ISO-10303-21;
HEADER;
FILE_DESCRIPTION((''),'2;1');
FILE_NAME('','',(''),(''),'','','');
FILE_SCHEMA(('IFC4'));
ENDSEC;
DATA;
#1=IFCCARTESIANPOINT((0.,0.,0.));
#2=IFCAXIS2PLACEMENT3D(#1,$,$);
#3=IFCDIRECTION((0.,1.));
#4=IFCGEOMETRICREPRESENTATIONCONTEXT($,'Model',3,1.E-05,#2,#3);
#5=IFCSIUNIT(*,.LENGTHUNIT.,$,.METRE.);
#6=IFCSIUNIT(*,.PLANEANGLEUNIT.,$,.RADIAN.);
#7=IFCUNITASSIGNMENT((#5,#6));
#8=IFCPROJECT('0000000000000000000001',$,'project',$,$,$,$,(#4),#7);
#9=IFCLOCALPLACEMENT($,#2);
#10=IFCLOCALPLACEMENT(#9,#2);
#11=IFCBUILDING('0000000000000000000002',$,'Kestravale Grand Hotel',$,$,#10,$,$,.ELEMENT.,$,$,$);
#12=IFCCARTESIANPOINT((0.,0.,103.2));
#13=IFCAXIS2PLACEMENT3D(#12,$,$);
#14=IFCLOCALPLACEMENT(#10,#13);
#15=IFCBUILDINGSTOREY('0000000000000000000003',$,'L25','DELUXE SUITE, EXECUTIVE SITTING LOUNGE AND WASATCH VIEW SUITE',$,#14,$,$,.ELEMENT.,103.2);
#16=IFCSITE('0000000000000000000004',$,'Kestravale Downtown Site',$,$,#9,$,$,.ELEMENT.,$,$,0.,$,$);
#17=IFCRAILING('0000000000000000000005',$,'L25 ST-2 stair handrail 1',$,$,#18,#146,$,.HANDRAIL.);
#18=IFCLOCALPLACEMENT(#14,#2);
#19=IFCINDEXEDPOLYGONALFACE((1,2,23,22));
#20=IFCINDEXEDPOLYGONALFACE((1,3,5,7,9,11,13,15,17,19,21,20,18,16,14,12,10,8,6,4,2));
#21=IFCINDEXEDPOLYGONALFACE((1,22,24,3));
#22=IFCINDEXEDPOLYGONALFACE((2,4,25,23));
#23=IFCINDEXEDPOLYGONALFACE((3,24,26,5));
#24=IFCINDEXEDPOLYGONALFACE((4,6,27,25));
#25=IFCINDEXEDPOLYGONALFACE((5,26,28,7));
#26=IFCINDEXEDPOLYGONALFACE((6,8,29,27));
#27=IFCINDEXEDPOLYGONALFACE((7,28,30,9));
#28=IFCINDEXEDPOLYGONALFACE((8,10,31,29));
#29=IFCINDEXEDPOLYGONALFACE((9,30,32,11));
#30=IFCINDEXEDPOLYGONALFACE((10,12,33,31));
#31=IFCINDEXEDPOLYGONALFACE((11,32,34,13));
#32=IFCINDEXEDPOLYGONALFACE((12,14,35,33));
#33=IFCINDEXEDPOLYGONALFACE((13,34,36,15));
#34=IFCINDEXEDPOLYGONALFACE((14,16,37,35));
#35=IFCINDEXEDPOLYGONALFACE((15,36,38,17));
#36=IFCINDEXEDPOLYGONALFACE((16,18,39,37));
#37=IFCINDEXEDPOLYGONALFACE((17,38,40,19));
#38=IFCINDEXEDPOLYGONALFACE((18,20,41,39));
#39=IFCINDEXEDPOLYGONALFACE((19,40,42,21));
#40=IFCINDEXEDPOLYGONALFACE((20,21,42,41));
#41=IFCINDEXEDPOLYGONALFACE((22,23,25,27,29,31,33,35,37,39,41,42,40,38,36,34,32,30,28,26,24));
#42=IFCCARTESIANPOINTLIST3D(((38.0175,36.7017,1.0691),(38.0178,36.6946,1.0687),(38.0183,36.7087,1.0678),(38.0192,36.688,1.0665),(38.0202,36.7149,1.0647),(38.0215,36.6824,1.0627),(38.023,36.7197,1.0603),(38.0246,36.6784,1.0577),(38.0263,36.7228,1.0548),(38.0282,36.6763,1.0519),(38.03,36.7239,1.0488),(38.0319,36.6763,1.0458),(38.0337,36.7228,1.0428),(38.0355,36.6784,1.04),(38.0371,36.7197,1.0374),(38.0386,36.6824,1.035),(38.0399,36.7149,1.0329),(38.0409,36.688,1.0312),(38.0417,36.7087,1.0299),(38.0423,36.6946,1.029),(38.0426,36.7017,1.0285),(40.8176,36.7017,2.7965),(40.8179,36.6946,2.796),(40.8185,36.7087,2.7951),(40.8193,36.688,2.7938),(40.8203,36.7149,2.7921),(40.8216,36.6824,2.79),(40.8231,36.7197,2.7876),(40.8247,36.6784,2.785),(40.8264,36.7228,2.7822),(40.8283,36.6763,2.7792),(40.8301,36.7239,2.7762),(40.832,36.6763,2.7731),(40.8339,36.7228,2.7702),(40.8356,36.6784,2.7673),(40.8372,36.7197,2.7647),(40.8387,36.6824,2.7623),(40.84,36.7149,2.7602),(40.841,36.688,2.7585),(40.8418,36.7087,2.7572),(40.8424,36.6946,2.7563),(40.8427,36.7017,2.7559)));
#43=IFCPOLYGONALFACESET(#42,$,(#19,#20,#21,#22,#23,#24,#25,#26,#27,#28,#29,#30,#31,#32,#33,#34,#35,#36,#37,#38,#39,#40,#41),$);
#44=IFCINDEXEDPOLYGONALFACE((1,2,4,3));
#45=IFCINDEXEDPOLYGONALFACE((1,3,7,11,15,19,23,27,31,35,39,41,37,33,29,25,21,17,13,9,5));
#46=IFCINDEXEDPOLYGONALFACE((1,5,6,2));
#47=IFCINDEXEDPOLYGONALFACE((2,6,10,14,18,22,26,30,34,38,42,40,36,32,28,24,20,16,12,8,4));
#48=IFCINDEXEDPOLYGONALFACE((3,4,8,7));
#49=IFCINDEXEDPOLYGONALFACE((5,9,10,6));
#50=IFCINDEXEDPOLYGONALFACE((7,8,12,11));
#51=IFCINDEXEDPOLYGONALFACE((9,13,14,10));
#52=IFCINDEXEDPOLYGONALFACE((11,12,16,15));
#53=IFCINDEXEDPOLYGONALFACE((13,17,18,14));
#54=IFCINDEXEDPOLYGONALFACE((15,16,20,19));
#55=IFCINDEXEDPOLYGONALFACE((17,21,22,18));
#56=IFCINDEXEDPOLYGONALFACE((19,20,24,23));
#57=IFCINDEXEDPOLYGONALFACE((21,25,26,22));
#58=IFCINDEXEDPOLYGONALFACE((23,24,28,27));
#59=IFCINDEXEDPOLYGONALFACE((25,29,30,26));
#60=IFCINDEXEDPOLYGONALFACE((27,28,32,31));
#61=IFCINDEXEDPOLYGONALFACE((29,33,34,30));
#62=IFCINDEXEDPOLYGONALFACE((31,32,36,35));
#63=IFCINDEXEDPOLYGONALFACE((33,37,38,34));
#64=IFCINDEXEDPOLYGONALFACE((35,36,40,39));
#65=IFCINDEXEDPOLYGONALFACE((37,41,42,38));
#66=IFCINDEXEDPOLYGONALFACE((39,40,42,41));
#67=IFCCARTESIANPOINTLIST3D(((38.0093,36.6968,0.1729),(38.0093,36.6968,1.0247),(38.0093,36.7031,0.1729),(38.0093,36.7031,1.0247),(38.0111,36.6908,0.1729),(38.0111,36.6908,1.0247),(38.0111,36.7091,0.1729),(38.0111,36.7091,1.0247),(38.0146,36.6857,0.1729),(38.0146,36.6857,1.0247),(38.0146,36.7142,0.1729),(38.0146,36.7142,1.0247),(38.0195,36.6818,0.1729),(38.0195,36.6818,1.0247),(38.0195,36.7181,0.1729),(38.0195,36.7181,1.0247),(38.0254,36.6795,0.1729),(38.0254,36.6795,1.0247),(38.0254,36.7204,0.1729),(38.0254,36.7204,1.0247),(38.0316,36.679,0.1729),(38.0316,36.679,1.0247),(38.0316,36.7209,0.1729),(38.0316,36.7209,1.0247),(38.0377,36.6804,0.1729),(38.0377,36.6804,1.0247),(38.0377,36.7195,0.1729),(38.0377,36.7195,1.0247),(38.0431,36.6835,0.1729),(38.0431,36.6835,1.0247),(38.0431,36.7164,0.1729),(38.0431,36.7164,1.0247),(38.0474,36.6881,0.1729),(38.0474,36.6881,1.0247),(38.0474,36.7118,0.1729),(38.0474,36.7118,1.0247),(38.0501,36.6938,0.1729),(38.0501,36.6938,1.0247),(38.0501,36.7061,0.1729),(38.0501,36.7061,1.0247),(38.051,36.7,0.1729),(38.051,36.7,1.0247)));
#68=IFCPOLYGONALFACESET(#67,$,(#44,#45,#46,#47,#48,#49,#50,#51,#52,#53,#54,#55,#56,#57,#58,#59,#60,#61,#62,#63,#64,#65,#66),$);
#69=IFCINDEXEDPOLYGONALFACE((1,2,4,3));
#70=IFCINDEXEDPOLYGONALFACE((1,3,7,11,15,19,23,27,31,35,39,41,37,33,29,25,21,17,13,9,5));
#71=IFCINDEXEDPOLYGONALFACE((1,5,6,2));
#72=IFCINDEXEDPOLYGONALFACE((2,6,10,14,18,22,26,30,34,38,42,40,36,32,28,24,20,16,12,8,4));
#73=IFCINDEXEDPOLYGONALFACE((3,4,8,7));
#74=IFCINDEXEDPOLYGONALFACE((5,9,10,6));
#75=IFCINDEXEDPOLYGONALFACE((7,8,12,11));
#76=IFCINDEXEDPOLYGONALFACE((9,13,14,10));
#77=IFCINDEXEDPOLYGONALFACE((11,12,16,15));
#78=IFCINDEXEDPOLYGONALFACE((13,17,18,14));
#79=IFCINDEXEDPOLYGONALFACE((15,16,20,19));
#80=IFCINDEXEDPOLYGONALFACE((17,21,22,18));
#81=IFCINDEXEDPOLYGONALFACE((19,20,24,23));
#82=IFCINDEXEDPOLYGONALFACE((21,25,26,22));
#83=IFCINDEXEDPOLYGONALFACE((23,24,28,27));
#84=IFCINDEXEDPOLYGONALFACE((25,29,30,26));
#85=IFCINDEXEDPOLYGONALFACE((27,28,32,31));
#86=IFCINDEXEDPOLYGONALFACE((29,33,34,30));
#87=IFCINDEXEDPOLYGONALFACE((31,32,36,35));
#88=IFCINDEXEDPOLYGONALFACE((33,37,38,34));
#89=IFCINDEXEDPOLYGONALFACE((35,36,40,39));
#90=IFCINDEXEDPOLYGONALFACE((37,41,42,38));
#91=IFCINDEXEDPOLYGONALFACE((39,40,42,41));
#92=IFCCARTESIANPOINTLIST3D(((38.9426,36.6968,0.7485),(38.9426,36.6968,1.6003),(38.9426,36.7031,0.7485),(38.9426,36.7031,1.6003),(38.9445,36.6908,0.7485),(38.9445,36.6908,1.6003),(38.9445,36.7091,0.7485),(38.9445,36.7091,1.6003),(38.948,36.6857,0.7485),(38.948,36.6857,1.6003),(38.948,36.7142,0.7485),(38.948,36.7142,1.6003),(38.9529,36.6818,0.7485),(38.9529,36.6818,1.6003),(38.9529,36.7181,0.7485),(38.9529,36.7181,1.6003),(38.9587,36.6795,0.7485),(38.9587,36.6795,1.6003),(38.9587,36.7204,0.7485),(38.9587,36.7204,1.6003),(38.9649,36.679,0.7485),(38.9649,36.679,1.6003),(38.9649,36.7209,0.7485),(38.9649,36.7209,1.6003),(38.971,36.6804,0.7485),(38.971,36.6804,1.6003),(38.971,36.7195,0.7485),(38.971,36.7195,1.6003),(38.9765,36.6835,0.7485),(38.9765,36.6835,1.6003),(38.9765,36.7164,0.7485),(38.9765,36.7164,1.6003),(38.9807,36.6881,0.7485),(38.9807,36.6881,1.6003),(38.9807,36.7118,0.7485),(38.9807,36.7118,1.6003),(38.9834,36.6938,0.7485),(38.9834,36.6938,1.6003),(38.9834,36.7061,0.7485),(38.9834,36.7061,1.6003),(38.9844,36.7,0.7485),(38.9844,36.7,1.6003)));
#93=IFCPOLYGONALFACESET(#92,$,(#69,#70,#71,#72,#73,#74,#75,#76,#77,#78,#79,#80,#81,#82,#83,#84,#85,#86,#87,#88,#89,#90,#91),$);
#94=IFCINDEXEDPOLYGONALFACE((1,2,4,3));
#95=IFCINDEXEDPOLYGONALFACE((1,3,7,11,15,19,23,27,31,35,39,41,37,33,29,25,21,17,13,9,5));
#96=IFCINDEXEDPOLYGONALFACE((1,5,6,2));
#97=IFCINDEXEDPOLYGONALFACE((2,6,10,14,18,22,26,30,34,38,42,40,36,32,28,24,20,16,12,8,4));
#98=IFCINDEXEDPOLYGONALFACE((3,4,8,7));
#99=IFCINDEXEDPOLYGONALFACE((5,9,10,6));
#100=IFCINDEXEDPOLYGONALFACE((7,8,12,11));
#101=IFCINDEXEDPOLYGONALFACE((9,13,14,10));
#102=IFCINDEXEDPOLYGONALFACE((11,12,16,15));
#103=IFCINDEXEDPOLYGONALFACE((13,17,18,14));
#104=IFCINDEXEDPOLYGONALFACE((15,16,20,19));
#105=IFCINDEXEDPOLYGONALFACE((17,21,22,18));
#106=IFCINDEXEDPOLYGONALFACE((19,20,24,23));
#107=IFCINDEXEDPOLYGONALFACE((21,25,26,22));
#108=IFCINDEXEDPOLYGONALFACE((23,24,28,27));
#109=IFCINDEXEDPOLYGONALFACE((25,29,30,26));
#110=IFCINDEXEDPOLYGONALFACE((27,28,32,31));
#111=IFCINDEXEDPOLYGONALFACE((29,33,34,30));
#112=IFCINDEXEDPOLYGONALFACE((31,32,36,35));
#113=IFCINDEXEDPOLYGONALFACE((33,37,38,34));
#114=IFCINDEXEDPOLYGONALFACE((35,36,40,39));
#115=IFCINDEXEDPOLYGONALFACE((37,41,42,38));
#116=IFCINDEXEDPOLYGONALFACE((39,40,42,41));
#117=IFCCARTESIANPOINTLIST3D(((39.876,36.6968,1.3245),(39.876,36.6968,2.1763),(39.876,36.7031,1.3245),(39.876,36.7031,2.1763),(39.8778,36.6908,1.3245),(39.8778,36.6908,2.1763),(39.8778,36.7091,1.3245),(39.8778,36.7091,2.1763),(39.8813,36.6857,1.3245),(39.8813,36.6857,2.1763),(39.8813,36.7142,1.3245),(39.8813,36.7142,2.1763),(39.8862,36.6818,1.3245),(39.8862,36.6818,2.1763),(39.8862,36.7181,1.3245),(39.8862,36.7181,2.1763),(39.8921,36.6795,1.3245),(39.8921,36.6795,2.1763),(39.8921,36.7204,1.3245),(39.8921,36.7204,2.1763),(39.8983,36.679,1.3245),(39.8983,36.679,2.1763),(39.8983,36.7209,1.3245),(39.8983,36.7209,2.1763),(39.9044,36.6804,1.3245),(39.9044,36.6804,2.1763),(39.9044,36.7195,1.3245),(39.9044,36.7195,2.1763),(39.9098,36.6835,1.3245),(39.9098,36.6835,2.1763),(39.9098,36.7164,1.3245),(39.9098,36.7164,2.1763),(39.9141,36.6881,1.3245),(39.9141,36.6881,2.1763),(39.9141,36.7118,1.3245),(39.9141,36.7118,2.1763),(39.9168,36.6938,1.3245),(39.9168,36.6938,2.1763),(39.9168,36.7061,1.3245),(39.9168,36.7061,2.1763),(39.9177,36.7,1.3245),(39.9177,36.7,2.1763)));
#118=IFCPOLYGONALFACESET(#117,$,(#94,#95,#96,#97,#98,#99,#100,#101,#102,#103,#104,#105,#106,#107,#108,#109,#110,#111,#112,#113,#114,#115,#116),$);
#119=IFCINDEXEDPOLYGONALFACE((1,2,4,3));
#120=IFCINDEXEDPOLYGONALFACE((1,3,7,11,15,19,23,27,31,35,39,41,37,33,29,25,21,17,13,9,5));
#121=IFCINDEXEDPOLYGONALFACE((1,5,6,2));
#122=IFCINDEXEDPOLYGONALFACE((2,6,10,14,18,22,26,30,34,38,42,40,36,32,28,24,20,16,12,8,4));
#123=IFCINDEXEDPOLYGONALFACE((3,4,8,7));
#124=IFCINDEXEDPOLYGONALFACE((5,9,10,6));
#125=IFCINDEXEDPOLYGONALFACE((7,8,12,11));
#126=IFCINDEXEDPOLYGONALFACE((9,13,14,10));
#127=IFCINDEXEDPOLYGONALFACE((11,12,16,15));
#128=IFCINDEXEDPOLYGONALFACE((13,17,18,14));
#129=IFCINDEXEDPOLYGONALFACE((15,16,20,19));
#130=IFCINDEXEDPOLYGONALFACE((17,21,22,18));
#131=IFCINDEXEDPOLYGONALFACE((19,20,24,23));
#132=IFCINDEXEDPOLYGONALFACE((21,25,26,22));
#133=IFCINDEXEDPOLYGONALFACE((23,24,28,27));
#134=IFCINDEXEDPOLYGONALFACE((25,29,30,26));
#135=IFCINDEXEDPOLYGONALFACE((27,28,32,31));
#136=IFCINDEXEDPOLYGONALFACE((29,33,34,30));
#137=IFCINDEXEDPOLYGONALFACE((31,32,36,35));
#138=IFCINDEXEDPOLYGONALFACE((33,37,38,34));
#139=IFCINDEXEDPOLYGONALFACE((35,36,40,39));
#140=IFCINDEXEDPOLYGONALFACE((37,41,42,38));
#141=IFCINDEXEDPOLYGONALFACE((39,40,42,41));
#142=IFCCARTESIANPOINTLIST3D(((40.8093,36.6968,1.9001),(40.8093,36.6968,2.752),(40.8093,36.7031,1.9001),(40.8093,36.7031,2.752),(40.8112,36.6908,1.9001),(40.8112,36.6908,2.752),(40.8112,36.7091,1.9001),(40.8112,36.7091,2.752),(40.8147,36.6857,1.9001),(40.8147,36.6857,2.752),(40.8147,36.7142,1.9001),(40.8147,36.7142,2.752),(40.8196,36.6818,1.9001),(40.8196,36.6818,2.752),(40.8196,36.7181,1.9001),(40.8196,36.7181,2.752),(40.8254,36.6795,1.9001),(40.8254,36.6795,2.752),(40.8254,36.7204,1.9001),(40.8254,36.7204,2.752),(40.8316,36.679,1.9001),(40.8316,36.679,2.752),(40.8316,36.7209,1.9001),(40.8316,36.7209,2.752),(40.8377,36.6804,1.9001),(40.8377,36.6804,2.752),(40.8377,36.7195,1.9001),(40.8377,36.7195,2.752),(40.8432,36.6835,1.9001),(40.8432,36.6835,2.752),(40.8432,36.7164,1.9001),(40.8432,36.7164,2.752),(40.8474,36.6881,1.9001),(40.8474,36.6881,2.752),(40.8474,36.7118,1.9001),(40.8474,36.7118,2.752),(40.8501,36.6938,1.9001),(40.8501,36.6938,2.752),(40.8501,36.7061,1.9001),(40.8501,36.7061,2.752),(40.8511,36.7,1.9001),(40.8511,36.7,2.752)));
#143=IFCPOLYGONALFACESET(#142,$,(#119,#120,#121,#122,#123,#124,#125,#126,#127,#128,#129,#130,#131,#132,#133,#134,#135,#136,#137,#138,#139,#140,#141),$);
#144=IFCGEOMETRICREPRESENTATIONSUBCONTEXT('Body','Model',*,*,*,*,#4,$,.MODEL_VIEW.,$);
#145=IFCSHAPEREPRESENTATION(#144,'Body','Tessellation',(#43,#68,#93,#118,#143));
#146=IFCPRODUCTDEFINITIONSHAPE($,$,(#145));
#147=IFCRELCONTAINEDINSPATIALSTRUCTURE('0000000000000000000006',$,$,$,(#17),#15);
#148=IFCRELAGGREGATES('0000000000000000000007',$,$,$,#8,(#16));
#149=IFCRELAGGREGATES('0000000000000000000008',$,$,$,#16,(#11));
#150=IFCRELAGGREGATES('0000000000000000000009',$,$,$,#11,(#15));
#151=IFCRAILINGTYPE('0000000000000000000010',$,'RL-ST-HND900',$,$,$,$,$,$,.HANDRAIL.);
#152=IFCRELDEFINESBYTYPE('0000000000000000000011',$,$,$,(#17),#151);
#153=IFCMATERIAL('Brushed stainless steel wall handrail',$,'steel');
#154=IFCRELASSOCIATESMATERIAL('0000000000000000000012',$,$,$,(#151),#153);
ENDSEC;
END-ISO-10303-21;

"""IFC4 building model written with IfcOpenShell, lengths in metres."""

from ifc_helpers import new_model, si_unit, direction, frame, origin, origin_2d, place, context, subcontext, project, spatial, circle, extrude, material, type_object, element, save


model = new_model("IFC4")

# Units and contexts
model_context = context("Model", 3, precision=1e-05, world=origin(), true_north=direction((0.0, 1.0)))
body_context = subcontext(model_context, "Body", "Model", "MODEL_VIEW")
ifc_project = project(units=[si_unit("LENGTHUNIT", "METRE"), si_unit("PLANEANGLEUNIT", "RADIAN")], contexts=[model_context])

# Site, building, storey
site_placement = place(None, origin())
site = spatial("IfcSite", under=ifc_project, at=site_placement, Name="Kestravale Downtown Site", CompositionType="ELEMENT", RefElevation=0.0)
building_placement = place(site_placement, origin())
building = spatial("IfcBuilding", under=site, at=building_placement, Name="Kestravale Grand Hotel", CompositionType="ELEMENT")
storey_placement = place(building_placement, frame((0.0, 0.0, 103.2)))
storey = spatial("IfcBuildingStorey", under=building, at=storey_placement, Name="L25", Description="DELUXE SUITE, EXECUTIVE SITTING LOUNGE AND WASATCH VIEW SUITE", CompositionType="ELEMENT", Elevation=103.2)

# Railing
ifc_material_1 = material(Name="Brushed stainless steel wall handrail", Category="steel")
railing_type_1 = type_object("IfcRailingType", Name="RL-ST-HND900", PredefinedType="HANDRAIL", material=ifc_material_1)
railing_1_placement = place(storey_placement, frame((38.03, 36.7, 0.1729)))
element("IfcRailing", 1, at=railing_1_placement, inside=storey, type_object=railing_type_1, Name="L25 ST-2 stair handrail 1", PredefinedType="HANDRAIL", context=body_context, shape_type="SweptSolid", body=[
    extrude(circle(Radius=0.0239, at=origin_2d()), frame((0.0, 0.0, 0.876), z_axis=(0.85109, 0.0, 0.52502), x_axis=(0.0, 1.0, 0.0)), (0.0, 0.0, 1.0), 3.29),
    extrude(circle(Radius=0.021, at=origin_2d()), origin(), (0.0, 0.0, 1.0), 0.8518),
    extrude(circle(Radius=0.021, at=origin_2d()), frame((0.9333, 0.0, 0.5757)), (0.0, 0.0, 1.0), 0.8518),
    extrude(circle(Radius=0.021, at=origin_2d()), frame((1.8667, 0.0, 1.1516)), (0.0, 0.0, 1.0), 0.8518),
    extrude(circle(Radius=0.021, at=origin_2d()), frame((2.8, 0.0, 1.7273)), (0.0, 0.0, 1.0), 0.8518),
])

save(model, "model.ifc")
